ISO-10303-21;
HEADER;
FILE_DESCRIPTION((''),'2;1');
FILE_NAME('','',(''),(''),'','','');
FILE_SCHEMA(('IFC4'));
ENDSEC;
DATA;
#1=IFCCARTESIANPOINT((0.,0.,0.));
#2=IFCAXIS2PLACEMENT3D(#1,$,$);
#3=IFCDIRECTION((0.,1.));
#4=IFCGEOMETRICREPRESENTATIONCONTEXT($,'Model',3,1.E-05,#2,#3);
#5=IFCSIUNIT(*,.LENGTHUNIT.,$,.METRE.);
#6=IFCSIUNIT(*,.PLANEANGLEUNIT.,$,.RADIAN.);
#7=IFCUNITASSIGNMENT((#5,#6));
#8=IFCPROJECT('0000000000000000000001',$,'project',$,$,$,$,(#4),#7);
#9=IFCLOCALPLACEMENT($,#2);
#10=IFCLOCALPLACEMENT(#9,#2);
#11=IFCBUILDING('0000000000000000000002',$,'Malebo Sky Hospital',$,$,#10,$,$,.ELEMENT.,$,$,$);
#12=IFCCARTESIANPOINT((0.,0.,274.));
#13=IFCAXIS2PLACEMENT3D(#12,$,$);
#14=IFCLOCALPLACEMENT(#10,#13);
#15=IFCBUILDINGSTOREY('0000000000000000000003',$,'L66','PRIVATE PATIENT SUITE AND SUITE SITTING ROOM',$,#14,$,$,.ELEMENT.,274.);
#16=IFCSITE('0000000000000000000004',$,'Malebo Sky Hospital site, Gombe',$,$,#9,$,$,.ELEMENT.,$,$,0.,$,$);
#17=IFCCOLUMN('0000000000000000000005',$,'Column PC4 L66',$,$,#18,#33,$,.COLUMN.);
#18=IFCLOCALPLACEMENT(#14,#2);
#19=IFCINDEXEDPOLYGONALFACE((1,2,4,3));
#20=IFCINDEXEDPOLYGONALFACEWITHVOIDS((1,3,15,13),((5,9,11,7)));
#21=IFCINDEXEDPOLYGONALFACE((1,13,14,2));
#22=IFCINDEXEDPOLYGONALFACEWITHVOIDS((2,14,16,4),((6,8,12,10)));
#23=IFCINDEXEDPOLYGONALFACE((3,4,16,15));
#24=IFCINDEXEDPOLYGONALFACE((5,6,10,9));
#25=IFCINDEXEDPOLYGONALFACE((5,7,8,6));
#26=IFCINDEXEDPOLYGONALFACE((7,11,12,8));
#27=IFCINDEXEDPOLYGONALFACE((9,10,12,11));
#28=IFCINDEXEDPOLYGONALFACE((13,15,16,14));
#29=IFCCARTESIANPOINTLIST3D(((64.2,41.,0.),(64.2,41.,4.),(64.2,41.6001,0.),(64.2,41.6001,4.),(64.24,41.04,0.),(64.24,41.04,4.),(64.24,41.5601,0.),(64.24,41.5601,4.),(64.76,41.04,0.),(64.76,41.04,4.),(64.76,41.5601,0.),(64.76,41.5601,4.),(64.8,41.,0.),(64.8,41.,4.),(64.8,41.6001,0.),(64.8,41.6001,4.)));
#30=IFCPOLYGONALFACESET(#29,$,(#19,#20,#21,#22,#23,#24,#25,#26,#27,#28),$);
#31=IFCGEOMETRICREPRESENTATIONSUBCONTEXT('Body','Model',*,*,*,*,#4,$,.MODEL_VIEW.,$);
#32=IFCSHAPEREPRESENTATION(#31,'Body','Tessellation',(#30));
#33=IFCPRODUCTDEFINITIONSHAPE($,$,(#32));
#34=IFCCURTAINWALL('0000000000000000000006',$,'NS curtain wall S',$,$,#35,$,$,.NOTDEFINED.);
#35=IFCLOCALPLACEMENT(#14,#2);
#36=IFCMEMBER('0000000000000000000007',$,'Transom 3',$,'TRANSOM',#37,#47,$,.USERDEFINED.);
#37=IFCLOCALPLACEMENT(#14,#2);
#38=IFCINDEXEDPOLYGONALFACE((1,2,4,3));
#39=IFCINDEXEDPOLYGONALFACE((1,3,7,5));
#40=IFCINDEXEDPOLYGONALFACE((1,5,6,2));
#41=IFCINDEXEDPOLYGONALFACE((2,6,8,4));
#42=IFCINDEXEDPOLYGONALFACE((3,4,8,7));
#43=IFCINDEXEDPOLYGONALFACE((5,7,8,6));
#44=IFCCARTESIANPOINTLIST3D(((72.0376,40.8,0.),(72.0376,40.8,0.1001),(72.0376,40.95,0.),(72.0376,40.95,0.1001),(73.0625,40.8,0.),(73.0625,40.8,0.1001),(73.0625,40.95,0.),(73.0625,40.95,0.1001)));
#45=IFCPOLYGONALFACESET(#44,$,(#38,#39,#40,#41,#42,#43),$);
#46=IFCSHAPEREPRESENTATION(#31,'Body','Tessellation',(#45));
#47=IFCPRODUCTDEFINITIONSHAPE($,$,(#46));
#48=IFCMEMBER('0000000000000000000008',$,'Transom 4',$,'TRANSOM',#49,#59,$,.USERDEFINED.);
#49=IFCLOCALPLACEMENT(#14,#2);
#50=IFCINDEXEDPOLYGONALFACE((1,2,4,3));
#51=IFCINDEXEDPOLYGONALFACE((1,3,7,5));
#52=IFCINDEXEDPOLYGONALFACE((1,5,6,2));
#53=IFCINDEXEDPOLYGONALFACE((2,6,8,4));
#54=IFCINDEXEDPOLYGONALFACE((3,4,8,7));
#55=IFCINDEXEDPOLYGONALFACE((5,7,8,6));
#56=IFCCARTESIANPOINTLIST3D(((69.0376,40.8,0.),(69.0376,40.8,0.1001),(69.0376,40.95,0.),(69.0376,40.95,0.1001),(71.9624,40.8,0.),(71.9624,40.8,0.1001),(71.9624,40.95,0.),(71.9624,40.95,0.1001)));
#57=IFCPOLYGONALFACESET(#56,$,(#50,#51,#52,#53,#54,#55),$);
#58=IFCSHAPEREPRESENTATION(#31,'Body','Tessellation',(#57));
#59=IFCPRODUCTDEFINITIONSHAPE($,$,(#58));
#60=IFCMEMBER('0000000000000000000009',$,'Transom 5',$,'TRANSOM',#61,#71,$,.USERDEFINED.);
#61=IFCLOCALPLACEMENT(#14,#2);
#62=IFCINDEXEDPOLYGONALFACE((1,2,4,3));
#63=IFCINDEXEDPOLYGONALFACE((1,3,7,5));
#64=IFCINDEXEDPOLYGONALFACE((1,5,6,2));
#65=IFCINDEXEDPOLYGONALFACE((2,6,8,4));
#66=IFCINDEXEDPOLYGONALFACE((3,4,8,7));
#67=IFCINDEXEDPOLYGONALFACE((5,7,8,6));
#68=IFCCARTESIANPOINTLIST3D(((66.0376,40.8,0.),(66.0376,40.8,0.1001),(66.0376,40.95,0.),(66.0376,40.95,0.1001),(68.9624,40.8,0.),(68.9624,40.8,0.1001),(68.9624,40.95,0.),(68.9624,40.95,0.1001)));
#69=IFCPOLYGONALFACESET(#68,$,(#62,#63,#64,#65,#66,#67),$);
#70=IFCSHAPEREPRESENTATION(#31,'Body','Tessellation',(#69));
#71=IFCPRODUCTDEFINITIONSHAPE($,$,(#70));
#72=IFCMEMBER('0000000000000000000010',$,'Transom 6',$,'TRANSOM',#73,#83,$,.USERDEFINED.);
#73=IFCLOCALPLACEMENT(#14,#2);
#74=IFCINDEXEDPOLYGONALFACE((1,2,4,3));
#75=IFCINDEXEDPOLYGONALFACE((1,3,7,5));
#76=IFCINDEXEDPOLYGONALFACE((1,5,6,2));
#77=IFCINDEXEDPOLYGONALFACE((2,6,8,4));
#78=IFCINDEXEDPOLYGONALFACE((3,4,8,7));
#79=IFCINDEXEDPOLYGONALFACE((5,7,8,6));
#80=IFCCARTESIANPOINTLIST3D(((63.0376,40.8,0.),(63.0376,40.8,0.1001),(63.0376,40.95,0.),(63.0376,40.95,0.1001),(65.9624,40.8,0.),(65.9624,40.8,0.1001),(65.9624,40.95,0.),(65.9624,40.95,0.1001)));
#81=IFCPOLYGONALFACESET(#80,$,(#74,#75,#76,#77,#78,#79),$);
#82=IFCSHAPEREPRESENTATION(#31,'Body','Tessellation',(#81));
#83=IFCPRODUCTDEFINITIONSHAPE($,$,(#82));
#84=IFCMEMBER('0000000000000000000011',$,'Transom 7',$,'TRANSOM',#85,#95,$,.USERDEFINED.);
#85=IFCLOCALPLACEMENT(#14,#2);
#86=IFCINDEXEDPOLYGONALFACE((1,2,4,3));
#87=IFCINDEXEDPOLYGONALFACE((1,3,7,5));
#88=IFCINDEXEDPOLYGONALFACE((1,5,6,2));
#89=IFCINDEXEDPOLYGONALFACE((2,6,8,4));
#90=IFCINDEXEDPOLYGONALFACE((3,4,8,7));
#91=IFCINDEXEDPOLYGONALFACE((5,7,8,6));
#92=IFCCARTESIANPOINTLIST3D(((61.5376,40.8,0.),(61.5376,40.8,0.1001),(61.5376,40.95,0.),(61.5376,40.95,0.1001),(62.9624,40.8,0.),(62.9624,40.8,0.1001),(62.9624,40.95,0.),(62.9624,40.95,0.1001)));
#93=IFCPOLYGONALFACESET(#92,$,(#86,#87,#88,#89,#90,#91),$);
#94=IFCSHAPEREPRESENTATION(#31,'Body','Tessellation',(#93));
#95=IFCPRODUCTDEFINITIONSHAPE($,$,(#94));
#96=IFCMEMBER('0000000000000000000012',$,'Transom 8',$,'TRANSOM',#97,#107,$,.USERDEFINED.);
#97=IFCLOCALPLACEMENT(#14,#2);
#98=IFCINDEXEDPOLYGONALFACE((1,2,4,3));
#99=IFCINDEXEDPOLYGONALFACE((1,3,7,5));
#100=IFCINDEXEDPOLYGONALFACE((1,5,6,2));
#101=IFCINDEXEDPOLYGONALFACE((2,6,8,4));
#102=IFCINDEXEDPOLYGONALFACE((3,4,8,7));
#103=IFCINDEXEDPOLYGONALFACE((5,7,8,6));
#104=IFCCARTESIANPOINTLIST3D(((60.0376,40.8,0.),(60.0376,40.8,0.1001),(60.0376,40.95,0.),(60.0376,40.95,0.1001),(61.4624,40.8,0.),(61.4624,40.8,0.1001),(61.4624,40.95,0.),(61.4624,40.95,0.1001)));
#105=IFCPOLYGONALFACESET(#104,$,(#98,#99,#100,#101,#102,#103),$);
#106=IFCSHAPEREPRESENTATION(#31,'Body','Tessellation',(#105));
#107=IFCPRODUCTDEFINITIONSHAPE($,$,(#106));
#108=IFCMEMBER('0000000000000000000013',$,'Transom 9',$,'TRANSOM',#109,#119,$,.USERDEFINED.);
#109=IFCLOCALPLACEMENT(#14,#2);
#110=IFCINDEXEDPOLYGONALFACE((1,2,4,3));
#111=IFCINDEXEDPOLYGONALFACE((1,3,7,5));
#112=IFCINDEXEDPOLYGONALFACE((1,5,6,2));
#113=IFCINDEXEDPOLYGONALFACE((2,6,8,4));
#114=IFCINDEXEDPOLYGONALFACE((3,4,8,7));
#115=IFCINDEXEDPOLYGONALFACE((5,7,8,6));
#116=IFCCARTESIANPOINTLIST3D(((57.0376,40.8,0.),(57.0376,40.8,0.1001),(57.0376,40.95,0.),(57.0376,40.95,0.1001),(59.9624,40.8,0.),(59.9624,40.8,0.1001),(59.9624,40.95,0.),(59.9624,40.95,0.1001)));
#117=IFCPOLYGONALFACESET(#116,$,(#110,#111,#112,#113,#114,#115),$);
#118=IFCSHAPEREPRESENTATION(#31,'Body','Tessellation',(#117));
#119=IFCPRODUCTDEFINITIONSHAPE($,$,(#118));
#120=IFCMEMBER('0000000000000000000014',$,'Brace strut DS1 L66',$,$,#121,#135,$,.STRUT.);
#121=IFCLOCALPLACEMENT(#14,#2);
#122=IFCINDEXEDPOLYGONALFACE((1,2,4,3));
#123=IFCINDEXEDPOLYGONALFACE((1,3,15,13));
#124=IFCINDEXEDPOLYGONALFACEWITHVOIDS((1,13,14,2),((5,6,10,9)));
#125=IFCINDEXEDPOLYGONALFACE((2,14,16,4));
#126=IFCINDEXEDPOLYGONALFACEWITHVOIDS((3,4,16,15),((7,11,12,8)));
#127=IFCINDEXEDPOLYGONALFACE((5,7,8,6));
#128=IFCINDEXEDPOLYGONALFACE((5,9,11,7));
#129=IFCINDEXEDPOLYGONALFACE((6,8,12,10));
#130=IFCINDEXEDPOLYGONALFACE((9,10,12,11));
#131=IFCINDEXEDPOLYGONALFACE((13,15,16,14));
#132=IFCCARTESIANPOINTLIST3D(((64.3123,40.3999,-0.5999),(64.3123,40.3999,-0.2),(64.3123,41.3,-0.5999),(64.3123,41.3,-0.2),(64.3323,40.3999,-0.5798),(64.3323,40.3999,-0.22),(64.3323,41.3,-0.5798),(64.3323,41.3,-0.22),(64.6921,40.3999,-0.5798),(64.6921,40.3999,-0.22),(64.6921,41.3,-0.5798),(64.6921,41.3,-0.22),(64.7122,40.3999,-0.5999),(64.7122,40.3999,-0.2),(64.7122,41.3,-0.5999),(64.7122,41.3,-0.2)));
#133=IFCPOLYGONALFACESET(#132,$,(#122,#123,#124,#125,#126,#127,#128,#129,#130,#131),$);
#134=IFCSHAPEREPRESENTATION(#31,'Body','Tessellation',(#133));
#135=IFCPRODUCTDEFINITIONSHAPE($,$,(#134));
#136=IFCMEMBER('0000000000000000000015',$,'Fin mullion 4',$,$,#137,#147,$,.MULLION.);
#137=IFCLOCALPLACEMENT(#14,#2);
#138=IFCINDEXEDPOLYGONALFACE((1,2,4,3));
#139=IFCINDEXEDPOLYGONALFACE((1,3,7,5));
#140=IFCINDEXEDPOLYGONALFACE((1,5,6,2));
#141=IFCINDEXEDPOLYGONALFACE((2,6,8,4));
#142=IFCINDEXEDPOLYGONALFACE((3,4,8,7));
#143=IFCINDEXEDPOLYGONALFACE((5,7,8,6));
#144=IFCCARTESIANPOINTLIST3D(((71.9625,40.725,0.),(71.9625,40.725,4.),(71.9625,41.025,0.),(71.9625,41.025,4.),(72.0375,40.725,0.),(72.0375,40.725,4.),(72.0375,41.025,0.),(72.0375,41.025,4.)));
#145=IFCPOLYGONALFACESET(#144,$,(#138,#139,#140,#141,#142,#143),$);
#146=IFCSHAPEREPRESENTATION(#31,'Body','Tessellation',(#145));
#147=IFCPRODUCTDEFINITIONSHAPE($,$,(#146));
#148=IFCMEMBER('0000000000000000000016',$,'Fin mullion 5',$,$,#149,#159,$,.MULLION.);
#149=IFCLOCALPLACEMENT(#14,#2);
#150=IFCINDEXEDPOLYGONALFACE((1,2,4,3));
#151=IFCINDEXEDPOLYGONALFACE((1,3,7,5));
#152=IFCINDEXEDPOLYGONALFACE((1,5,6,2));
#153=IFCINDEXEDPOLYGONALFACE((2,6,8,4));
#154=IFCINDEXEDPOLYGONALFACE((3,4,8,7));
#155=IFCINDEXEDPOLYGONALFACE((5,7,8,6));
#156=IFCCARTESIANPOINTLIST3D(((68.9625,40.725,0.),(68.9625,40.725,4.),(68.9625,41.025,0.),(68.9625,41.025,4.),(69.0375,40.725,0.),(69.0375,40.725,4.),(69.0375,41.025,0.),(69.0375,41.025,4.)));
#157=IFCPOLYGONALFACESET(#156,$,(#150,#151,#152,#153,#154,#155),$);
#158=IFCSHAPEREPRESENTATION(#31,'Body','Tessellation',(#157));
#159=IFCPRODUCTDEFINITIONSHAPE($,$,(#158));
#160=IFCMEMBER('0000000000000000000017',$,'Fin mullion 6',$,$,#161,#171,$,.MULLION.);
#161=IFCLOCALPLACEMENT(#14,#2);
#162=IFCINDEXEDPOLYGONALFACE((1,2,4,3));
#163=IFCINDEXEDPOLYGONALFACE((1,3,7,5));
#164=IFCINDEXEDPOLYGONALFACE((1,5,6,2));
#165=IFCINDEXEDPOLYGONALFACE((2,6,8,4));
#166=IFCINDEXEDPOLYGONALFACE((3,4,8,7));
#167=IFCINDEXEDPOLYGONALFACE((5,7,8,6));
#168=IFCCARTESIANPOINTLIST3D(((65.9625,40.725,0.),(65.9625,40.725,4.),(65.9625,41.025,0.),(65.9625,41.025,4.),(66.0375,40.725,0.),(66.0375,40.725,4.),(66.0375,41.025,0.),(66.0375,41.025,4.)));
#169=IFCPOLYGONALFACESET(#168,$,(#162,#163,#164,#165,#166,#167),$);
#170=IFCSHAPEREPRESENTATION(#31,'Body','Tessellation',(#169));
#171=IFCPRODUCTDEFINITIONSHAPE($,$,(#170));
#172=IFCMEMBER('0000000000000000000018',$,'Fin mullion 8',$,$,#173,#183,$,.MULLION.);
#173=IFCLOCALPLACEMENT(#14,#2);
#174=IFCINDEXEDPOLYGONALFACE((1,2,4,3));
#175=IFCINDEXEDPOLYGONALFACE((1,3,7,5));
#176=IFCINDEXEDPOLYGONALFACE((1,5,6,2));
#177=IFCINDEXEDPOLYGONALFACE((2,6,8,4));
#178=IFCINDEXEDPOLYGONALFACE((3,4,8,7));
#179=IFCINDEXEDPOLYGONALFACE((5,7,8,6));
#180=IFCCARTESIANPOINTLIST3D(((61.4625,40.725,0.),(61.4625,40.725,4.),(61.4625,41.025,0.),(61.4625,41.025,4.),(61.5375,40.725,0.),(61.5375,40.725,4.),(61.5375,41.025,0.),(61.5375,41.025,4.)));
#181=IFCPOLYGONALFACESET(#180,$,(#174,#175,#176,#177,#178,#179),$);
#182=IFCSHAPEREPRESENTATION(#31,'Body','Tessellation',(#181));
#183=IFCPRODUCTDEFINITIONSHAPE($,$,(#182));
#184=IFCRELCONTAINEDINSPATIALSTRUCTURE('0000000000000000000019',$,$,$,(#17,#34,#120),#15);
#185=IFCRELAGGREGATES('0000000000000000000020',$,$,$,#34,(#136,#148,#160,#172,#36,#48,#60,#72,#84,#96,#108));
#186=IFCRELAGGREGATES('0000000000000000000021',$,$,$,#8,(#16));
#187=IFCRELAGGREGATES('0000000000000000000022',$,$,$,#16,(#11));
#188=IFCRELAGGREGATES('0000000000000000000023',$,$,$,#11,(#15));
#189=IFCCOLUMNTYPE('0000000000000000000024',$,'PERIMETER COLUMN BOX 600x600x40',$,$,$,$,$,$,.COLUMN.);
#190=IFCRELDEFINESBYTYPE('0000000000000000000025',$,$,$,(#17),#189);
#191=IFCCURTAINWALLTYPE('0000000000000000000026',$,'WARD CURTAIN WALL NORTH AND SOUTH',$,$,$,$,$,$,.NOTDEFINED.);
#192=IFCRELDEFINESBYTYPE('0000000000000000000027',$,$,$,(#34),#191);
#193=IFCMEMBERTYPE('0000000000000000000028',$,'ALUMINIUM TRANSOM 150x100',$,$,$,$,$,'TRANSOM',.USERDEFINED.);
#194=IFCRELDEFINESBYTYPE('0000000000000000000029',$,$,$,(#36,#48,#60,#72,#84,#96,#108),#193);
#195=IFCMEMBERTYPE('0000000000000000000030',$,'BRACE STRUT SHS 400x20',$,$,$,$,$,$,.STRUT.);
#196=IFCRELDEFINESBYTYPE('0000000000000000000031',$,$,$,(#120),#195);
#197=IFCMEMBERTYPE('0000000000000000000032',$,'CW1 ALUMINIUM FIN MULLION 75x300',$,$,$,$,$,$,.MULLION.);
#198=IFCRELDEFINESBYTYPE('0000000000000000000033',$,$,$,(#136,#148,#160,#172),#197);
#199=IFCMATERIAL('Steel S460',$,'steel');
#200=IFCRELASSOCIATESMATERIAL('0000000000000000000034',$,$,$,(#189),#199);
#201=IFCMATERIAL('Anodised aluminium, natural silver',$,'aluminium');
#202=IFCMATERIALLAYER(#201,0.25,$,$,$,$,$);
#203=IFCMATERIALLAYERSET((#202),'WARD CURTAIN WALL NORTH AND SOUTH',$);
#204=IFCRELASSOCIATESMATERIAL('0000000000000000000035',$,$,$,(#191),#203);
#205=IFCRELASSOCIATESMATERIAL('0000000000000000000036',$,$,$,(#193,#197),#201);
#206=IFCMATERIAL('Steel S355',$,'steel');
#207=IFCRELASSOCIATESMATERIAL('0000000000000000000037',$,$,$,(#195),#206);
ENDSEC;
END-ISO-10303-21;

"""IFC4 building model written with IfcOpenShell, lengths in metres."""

from ifc_helpers import new_model, si_unit, direction, frame, origin, origin_2d, place, context, subcontext, project, spatial, rectangle, hollow_rectangle, extrude, material, layer, layer_set, material_profile, profile_set, type_object, element, aggregate, save


model = new_model("IFC4")

# Units and contexts
model_context = context("Model", 3, precision=1e-05, world=origin(), true_north=direction((0.0, 1.0)))
body_context = subcontext(model_context, "Body", "Model", "MODEL_VIEW")
ifc_project = project(units=[si_unit("LENGTHUNIT", "METRE"), si_unit("PLANEANGLEUNIT", "RADIAN")], contexts=[model_context])

# Site, building, storey
site_placement = place(None, origin())
site = spatial("IfcSite", under=ifc_project, at=site_placement, Name="Malebo Sky Hospital site, Gombe", CompositionType="ELEMENT", RefElevation=0.0)
building_placement = place(site_placement, origin())
building = spatial("IfcBuilding", under=site, at=building_placement, Name="Malebo Sky Hospital", CompositionType="ELEMENT")
storey_placement = place(building_placement, frame((0.0, 0.0, 274.0)))
storey = spatial("IfcBuildingStorey", under=building, at=storey_placement, Name="L66", Description="PRIVATE PATIENT SUITE AND SUITE SITTING ROOM", CompositionType="ELEMENT", Elevation=274.0)

# Column
ifc_material_1 = material(Name="Steel S460", Category="steel")
ifc_material_profile_1 = material_profile(ifc_material_1, hollow_rectangle(XDim=0.6001, YDim=0.6001, WallThickness=0.04, at=origin_2d()), Name="BOX 600x600x40")
ifc_profile_set_1 = profile_set([ifc_material_profile_1], Name="Steel S460")
column_type = type_object("IfcColumnType", Name="PERIMETER COLUMN BOX 600x600x40", PredefinedType="COLUMN", material=ifc_profile_set_1)
column_placement = place(storey_placement, frame((64.5, 41.3, 0.0), z_axis=(0.0, 0.0, 1.0), x_axis=(1.0, 0.0, 0.0)))
element("IfcColumn", 1, at=column_placement, inside=storey, type_object=column_type, Name="Column PC4 L66", PredefinedType="COLUMN", context=body_context, shape_type="SweptSolid", body=[
    extrude(hollow_rectangle(XDim=0.6001, YDim=0.6001, WallThickness=0.04, at=origin_2d()), origin(), (0.0, 0.0, 1.0), 4.0),
])

# Curtain wall, members
ifc_material_2 = material(Name="Anodised aluminium, natural silver", Category="aluminium")
ifc_layer_1 = layer(ifc_material_2, 0.25)
ifc_layer_set_1 = layer_set([ifc_layer_1], Name="WARD CURTAIN WALL NORTH AND SOUTH")
curtain_wall_type = type_object("IfcCurtainWallType", Name="WARD CURTAIN WALL NORTH AND SOUTH", PredefinedType="NOTDEFINED", material=ifc_layer_set_1)
curtain_wall_placement = place(storey_placement, origin())
curtain_wall = element("IfcCurtainWall", 2, at=curtain_wall_placement, inside=storey, type_object=curtain_wall_type, Name="NS curtain wall S", PredefinedType="NOTDEFINED")
ifc_material_profile_2 = material_profile(ifc_material_2, rectangle(XDim=0.1499, YDim=0.1001, at=origin_2d()), Name="ALUMINIUM TRANSOM 150x100")
ifc_profile_set_2 = profile_set([ifc_material_profile_2], Name="Anodised aluminium, natural silver")
member_type_1 = type_object("IfcMemberType", Name="ALUMINIUM TRANSOM 150x100", ElementType="TRANSOM", PredefinedType="USERDEFINED", material=ifc_profile_set_2)
member_1_placement = place(storey_placement, frame((73.0625, 40.875, 0.05), z_axis=(-1.0, 0.0, 0.0), x_axis=(0.0, -1.0, 0.0)))
member_1 = element("IfcMember", 3, at=member_1_placement, type_object=member_type_1, Name="Transom 3", ObjectType="TRANSOM", PredefinedType="USERDEFINED", context=body_context, shape_type="SweptSolid", body=[
    extrude(rectangle(XDim=0.1499, YDim=0.1001, at=origin_2d()), origin(), (0.0, 0.0, 1.0), 1.0249),
])
member_2_placement = place(storey_placement, frame((71.9624, 40.875, 0.05), z_axis=(-1.0, 0.0, 0.0), x_axis=(0.0, -1.0, 0.0)))
member_2 = element("IfcMember", 4, at=member_2_placement, type_object=member_type_1, Name="Transom 4", ObjectType="TRANSOM", PredefinedType="USERDEFINED", context=body_context, shape_type="SweptSolid", body=[
    extrude(rectangle(XDim=0.1499, YDim=0.1001, at=origin_2d()), origin(), (0.0, 0.0, 1.0), 2.9248),
])
member_3_placement = place(storey_placement, frame((68.9624, 40.875, 0.05), z_axis=(-1.0, 0.0, 0.0), x_axis=(0.0, -1.0, 0.0)))
member_3 = element("IfcMember", 5, at=member_3_placement, type_object=member_type_1, Name="Transom 5", ObjectType="TRANSOM", PredefinedType="USERDEFINED", context=body_context, shape_type="SweptSolid", body=[
    extrude(rectangle(XDim=0.1499, YDim=0.1001, at=origin_2d()), origin(), (0.0, 0.0, 1.0), 2.9248),
])
member_4_placement = place(storey_placement, frame((65.9624, 40.875, 0.05), z_axis=(-1.0, 0.0, 0.0), x_axis=(0.0, -1.0, 0.0)))
member_4 = element("IfcMember", 6, at=member_4_placement, type_object=member_type_1, Name="Transom 6", ObjectType="TRANSOM", PredefinedType="USERDEFINED", context=body_context, shape_type="SweptSolid", body=[
    extrude(rectangle(XDim=0.1499, YDim=0.1001, at=origin_2d()), origin(), (0.0, 0.0, 1.0), 2.9248),
])
member_5_placement = place(storey_placement, frame((62.9624, 40.875, 0.05), z_axis=(-1.0, 0.0, 0.0), x_axis=(0.0, -1.0, 0.0)))
member_5 = element("IfcMember", 7, at=member_5_placement, type_object=member_type_1, Name="Transom 7", ObjectType="TRANSOM", PredefinedType="USERDEFINED", context=body_context, shape_type="SweptSolid", body=[
    extrude(rectangle(XDim=0.1499, YDim=0.1001, at=origin_2d()), origin(), (0.0, 0.0, 1.0), 1.4248),
])
member_6_placement = place(storey_placement, frame((61.4624, 40.875, 0.05), z_axis=(-1.0, 0.0, 0.0), x_axis=(0.0, -1.0, 0.0)))
member_6 = element("IfcMember", 8, at=member_6_placement, type_object=member_type_1, Name="Transom 8", ObjectType="TRANSOM", PredefinedType="USERDEFINED", context=body_context, shape_type="SweptSolid", body=[
    extrude(rectangle(XDim=0.1499, YDim=0.1001, at=origin_2d()), origin(), (0.0, 0.0, 1.0), 1.4248),
])
member_7_placement = place(storey_placement, frame((59.9624, 40.875, 0.05), z_axis=(-1.0, 0.0, 0.0), x_axis=(0.0, -1.0, 0.0)))
member_7 = element("IfcMember", 9, at=member_7_placement, type_object=member_type_1, Name="Transom 9", ObjectType="TRANSOM", PredefinedType="USERDEFINED", context=body_context, shape_type="SweptSolid", body=[
    extrude(rectangle(XDim=0.1499, YDim=0.1001, at=origin_2d()), origin(), (0.0, 0.0, 1.0), 2.9248),
])

# Members
ifc_material_3 = material(Name="Steel S355", Category="steel")
ifc_material_profile_3 = material_profile(ifc_material_3, hollow_rectangle(XDim=0.3999, YDim=0.3999, WallThickness=0.02, at=origin_2d()), Name="SHS 400x20")
ifc_profile_set_3 = profile_set([ifc_material_profile_3], Name="Steel S355")
member_type_2 = type_object("IfcMemberType", Name="BRACE STRUT SHS 400x20", PredefinedType="STRUT", material=ifc_profile_set_3)
member_8_placement = place(storey_placement, frame((64.5122, 40.3999, -0.3999), z_axis=(0.0, 1.0, 0.0), x_axis=(-1.0, 0.0, 0.0)))
element("IfcMember", 10, at=member_8_placement, inside=storey, type_object=member_type_2, Name="Brace strut DS1 L66", PredefinedType="STRUT", context=body_context, shape_type="SweptSolid", body=[
    extrude(hollow_rectangle(XDim=0.3999, YDim=0.3999, WallThickness=0.02, at=origin_2d()), origin(), (0.0, 0.0, 1.0), 0.9001),
])
ifc_material_profile_4 = material_profile(ifc_material_2, rectangle(XDim=0.075, YDim=0.3, at=origin_2d()), Name="CW1 ALUMINIUM FIN MULLION 75x300")
ifc_profile_set_4 = profile_set([ifc_material_profile_4], Name="Anodised aluminium, natural silver")
member_type_3 = type_object("IfcMemberType", Name="CW1 ALUMINIUM FIN MULLION 75x300", PredefinedType="MULLION", material=ifc_profile_set_4)
member_9_placement = place(storey_placement, frame((72.0, 40.875, 0.0), z_axis=(0.0, 0.0, 1.0), x_axis=(-1.0, 0.0, 0.0)))
member_9 = element("IfcMember", 11, at=member_9_placement, type_object=member_type_3, Name="Fin mullion 4", PredefinedType="MULLION", context=body_context, shape_type="SweptSolid", body=[
    extrude(rectangle(XDim=0.075, YDim=0.3, at=origin_2d()), origin(), (0.0, 0.0, 1.0), 4.0),
])
member_10_placement = place(storey_placement, frame((69.0, 40.875, 0.0), z_axis=(0.0, 0.0, 1.0), x_axis=(-1.0, 0.0, 0.0)))
member_10 = element("IfcMember", 12, at=member_10_placement, type_object=member_type_3, Name="Fin mullion 5", PredefinedType="MULLION", context=body_context, shape_type="SweptSolid", body=[
    extrude(rectangle(XDim=0.075, YDim=0.3, at=origin_2d()), origin(), (0.0, 0.0, 1.0), 4.0),
])
member_11_placement = place(storey_placement, frame((66.0, 40.875, 0.0), z_axis=(0.0, 0.0, 1.0), x_axis=(-1.0, 0.0, 0.0)))
member_11 = element("IfcMember", 13, at=member_11_placement, type_object=member_type_3, Name="Fin mullion 6", PredefinedType="MULLION", context=body_context, shape_type="SweptSolid", body=[
    extrude(rectangle(XDim=0.075, YDim=0.3, at=origin_2d()), origin(), (0.0, 0.0, 1.0), 4.0),
])
member_12_placement = place(storey_placement, frame((61.5, 40.875, 0.0), z_axis=(0.0, 0.0, 1.0), x_axis=(-1.0, 0.0, 0.0)))
member_12 = element("IfcMember", 14, at=member_12_placement, type_object=member_type_3, Name="Fin mullion 8", PredefinedType="MULLION", context=body_context, shape_type="SweptSolid", body=[
    extrude(rectangle(XDim=0.075, YDim=0.3, at=origin_2d()), origin(), (0.0, 0.0, 1.0), 4.0),
])

aggregate(curtain_wall, [member_9, member_10, member_11, member_12, member_1, member_2, member_3, member_4, member_5, member_6, member_7])

save(model, "model.ifc")
